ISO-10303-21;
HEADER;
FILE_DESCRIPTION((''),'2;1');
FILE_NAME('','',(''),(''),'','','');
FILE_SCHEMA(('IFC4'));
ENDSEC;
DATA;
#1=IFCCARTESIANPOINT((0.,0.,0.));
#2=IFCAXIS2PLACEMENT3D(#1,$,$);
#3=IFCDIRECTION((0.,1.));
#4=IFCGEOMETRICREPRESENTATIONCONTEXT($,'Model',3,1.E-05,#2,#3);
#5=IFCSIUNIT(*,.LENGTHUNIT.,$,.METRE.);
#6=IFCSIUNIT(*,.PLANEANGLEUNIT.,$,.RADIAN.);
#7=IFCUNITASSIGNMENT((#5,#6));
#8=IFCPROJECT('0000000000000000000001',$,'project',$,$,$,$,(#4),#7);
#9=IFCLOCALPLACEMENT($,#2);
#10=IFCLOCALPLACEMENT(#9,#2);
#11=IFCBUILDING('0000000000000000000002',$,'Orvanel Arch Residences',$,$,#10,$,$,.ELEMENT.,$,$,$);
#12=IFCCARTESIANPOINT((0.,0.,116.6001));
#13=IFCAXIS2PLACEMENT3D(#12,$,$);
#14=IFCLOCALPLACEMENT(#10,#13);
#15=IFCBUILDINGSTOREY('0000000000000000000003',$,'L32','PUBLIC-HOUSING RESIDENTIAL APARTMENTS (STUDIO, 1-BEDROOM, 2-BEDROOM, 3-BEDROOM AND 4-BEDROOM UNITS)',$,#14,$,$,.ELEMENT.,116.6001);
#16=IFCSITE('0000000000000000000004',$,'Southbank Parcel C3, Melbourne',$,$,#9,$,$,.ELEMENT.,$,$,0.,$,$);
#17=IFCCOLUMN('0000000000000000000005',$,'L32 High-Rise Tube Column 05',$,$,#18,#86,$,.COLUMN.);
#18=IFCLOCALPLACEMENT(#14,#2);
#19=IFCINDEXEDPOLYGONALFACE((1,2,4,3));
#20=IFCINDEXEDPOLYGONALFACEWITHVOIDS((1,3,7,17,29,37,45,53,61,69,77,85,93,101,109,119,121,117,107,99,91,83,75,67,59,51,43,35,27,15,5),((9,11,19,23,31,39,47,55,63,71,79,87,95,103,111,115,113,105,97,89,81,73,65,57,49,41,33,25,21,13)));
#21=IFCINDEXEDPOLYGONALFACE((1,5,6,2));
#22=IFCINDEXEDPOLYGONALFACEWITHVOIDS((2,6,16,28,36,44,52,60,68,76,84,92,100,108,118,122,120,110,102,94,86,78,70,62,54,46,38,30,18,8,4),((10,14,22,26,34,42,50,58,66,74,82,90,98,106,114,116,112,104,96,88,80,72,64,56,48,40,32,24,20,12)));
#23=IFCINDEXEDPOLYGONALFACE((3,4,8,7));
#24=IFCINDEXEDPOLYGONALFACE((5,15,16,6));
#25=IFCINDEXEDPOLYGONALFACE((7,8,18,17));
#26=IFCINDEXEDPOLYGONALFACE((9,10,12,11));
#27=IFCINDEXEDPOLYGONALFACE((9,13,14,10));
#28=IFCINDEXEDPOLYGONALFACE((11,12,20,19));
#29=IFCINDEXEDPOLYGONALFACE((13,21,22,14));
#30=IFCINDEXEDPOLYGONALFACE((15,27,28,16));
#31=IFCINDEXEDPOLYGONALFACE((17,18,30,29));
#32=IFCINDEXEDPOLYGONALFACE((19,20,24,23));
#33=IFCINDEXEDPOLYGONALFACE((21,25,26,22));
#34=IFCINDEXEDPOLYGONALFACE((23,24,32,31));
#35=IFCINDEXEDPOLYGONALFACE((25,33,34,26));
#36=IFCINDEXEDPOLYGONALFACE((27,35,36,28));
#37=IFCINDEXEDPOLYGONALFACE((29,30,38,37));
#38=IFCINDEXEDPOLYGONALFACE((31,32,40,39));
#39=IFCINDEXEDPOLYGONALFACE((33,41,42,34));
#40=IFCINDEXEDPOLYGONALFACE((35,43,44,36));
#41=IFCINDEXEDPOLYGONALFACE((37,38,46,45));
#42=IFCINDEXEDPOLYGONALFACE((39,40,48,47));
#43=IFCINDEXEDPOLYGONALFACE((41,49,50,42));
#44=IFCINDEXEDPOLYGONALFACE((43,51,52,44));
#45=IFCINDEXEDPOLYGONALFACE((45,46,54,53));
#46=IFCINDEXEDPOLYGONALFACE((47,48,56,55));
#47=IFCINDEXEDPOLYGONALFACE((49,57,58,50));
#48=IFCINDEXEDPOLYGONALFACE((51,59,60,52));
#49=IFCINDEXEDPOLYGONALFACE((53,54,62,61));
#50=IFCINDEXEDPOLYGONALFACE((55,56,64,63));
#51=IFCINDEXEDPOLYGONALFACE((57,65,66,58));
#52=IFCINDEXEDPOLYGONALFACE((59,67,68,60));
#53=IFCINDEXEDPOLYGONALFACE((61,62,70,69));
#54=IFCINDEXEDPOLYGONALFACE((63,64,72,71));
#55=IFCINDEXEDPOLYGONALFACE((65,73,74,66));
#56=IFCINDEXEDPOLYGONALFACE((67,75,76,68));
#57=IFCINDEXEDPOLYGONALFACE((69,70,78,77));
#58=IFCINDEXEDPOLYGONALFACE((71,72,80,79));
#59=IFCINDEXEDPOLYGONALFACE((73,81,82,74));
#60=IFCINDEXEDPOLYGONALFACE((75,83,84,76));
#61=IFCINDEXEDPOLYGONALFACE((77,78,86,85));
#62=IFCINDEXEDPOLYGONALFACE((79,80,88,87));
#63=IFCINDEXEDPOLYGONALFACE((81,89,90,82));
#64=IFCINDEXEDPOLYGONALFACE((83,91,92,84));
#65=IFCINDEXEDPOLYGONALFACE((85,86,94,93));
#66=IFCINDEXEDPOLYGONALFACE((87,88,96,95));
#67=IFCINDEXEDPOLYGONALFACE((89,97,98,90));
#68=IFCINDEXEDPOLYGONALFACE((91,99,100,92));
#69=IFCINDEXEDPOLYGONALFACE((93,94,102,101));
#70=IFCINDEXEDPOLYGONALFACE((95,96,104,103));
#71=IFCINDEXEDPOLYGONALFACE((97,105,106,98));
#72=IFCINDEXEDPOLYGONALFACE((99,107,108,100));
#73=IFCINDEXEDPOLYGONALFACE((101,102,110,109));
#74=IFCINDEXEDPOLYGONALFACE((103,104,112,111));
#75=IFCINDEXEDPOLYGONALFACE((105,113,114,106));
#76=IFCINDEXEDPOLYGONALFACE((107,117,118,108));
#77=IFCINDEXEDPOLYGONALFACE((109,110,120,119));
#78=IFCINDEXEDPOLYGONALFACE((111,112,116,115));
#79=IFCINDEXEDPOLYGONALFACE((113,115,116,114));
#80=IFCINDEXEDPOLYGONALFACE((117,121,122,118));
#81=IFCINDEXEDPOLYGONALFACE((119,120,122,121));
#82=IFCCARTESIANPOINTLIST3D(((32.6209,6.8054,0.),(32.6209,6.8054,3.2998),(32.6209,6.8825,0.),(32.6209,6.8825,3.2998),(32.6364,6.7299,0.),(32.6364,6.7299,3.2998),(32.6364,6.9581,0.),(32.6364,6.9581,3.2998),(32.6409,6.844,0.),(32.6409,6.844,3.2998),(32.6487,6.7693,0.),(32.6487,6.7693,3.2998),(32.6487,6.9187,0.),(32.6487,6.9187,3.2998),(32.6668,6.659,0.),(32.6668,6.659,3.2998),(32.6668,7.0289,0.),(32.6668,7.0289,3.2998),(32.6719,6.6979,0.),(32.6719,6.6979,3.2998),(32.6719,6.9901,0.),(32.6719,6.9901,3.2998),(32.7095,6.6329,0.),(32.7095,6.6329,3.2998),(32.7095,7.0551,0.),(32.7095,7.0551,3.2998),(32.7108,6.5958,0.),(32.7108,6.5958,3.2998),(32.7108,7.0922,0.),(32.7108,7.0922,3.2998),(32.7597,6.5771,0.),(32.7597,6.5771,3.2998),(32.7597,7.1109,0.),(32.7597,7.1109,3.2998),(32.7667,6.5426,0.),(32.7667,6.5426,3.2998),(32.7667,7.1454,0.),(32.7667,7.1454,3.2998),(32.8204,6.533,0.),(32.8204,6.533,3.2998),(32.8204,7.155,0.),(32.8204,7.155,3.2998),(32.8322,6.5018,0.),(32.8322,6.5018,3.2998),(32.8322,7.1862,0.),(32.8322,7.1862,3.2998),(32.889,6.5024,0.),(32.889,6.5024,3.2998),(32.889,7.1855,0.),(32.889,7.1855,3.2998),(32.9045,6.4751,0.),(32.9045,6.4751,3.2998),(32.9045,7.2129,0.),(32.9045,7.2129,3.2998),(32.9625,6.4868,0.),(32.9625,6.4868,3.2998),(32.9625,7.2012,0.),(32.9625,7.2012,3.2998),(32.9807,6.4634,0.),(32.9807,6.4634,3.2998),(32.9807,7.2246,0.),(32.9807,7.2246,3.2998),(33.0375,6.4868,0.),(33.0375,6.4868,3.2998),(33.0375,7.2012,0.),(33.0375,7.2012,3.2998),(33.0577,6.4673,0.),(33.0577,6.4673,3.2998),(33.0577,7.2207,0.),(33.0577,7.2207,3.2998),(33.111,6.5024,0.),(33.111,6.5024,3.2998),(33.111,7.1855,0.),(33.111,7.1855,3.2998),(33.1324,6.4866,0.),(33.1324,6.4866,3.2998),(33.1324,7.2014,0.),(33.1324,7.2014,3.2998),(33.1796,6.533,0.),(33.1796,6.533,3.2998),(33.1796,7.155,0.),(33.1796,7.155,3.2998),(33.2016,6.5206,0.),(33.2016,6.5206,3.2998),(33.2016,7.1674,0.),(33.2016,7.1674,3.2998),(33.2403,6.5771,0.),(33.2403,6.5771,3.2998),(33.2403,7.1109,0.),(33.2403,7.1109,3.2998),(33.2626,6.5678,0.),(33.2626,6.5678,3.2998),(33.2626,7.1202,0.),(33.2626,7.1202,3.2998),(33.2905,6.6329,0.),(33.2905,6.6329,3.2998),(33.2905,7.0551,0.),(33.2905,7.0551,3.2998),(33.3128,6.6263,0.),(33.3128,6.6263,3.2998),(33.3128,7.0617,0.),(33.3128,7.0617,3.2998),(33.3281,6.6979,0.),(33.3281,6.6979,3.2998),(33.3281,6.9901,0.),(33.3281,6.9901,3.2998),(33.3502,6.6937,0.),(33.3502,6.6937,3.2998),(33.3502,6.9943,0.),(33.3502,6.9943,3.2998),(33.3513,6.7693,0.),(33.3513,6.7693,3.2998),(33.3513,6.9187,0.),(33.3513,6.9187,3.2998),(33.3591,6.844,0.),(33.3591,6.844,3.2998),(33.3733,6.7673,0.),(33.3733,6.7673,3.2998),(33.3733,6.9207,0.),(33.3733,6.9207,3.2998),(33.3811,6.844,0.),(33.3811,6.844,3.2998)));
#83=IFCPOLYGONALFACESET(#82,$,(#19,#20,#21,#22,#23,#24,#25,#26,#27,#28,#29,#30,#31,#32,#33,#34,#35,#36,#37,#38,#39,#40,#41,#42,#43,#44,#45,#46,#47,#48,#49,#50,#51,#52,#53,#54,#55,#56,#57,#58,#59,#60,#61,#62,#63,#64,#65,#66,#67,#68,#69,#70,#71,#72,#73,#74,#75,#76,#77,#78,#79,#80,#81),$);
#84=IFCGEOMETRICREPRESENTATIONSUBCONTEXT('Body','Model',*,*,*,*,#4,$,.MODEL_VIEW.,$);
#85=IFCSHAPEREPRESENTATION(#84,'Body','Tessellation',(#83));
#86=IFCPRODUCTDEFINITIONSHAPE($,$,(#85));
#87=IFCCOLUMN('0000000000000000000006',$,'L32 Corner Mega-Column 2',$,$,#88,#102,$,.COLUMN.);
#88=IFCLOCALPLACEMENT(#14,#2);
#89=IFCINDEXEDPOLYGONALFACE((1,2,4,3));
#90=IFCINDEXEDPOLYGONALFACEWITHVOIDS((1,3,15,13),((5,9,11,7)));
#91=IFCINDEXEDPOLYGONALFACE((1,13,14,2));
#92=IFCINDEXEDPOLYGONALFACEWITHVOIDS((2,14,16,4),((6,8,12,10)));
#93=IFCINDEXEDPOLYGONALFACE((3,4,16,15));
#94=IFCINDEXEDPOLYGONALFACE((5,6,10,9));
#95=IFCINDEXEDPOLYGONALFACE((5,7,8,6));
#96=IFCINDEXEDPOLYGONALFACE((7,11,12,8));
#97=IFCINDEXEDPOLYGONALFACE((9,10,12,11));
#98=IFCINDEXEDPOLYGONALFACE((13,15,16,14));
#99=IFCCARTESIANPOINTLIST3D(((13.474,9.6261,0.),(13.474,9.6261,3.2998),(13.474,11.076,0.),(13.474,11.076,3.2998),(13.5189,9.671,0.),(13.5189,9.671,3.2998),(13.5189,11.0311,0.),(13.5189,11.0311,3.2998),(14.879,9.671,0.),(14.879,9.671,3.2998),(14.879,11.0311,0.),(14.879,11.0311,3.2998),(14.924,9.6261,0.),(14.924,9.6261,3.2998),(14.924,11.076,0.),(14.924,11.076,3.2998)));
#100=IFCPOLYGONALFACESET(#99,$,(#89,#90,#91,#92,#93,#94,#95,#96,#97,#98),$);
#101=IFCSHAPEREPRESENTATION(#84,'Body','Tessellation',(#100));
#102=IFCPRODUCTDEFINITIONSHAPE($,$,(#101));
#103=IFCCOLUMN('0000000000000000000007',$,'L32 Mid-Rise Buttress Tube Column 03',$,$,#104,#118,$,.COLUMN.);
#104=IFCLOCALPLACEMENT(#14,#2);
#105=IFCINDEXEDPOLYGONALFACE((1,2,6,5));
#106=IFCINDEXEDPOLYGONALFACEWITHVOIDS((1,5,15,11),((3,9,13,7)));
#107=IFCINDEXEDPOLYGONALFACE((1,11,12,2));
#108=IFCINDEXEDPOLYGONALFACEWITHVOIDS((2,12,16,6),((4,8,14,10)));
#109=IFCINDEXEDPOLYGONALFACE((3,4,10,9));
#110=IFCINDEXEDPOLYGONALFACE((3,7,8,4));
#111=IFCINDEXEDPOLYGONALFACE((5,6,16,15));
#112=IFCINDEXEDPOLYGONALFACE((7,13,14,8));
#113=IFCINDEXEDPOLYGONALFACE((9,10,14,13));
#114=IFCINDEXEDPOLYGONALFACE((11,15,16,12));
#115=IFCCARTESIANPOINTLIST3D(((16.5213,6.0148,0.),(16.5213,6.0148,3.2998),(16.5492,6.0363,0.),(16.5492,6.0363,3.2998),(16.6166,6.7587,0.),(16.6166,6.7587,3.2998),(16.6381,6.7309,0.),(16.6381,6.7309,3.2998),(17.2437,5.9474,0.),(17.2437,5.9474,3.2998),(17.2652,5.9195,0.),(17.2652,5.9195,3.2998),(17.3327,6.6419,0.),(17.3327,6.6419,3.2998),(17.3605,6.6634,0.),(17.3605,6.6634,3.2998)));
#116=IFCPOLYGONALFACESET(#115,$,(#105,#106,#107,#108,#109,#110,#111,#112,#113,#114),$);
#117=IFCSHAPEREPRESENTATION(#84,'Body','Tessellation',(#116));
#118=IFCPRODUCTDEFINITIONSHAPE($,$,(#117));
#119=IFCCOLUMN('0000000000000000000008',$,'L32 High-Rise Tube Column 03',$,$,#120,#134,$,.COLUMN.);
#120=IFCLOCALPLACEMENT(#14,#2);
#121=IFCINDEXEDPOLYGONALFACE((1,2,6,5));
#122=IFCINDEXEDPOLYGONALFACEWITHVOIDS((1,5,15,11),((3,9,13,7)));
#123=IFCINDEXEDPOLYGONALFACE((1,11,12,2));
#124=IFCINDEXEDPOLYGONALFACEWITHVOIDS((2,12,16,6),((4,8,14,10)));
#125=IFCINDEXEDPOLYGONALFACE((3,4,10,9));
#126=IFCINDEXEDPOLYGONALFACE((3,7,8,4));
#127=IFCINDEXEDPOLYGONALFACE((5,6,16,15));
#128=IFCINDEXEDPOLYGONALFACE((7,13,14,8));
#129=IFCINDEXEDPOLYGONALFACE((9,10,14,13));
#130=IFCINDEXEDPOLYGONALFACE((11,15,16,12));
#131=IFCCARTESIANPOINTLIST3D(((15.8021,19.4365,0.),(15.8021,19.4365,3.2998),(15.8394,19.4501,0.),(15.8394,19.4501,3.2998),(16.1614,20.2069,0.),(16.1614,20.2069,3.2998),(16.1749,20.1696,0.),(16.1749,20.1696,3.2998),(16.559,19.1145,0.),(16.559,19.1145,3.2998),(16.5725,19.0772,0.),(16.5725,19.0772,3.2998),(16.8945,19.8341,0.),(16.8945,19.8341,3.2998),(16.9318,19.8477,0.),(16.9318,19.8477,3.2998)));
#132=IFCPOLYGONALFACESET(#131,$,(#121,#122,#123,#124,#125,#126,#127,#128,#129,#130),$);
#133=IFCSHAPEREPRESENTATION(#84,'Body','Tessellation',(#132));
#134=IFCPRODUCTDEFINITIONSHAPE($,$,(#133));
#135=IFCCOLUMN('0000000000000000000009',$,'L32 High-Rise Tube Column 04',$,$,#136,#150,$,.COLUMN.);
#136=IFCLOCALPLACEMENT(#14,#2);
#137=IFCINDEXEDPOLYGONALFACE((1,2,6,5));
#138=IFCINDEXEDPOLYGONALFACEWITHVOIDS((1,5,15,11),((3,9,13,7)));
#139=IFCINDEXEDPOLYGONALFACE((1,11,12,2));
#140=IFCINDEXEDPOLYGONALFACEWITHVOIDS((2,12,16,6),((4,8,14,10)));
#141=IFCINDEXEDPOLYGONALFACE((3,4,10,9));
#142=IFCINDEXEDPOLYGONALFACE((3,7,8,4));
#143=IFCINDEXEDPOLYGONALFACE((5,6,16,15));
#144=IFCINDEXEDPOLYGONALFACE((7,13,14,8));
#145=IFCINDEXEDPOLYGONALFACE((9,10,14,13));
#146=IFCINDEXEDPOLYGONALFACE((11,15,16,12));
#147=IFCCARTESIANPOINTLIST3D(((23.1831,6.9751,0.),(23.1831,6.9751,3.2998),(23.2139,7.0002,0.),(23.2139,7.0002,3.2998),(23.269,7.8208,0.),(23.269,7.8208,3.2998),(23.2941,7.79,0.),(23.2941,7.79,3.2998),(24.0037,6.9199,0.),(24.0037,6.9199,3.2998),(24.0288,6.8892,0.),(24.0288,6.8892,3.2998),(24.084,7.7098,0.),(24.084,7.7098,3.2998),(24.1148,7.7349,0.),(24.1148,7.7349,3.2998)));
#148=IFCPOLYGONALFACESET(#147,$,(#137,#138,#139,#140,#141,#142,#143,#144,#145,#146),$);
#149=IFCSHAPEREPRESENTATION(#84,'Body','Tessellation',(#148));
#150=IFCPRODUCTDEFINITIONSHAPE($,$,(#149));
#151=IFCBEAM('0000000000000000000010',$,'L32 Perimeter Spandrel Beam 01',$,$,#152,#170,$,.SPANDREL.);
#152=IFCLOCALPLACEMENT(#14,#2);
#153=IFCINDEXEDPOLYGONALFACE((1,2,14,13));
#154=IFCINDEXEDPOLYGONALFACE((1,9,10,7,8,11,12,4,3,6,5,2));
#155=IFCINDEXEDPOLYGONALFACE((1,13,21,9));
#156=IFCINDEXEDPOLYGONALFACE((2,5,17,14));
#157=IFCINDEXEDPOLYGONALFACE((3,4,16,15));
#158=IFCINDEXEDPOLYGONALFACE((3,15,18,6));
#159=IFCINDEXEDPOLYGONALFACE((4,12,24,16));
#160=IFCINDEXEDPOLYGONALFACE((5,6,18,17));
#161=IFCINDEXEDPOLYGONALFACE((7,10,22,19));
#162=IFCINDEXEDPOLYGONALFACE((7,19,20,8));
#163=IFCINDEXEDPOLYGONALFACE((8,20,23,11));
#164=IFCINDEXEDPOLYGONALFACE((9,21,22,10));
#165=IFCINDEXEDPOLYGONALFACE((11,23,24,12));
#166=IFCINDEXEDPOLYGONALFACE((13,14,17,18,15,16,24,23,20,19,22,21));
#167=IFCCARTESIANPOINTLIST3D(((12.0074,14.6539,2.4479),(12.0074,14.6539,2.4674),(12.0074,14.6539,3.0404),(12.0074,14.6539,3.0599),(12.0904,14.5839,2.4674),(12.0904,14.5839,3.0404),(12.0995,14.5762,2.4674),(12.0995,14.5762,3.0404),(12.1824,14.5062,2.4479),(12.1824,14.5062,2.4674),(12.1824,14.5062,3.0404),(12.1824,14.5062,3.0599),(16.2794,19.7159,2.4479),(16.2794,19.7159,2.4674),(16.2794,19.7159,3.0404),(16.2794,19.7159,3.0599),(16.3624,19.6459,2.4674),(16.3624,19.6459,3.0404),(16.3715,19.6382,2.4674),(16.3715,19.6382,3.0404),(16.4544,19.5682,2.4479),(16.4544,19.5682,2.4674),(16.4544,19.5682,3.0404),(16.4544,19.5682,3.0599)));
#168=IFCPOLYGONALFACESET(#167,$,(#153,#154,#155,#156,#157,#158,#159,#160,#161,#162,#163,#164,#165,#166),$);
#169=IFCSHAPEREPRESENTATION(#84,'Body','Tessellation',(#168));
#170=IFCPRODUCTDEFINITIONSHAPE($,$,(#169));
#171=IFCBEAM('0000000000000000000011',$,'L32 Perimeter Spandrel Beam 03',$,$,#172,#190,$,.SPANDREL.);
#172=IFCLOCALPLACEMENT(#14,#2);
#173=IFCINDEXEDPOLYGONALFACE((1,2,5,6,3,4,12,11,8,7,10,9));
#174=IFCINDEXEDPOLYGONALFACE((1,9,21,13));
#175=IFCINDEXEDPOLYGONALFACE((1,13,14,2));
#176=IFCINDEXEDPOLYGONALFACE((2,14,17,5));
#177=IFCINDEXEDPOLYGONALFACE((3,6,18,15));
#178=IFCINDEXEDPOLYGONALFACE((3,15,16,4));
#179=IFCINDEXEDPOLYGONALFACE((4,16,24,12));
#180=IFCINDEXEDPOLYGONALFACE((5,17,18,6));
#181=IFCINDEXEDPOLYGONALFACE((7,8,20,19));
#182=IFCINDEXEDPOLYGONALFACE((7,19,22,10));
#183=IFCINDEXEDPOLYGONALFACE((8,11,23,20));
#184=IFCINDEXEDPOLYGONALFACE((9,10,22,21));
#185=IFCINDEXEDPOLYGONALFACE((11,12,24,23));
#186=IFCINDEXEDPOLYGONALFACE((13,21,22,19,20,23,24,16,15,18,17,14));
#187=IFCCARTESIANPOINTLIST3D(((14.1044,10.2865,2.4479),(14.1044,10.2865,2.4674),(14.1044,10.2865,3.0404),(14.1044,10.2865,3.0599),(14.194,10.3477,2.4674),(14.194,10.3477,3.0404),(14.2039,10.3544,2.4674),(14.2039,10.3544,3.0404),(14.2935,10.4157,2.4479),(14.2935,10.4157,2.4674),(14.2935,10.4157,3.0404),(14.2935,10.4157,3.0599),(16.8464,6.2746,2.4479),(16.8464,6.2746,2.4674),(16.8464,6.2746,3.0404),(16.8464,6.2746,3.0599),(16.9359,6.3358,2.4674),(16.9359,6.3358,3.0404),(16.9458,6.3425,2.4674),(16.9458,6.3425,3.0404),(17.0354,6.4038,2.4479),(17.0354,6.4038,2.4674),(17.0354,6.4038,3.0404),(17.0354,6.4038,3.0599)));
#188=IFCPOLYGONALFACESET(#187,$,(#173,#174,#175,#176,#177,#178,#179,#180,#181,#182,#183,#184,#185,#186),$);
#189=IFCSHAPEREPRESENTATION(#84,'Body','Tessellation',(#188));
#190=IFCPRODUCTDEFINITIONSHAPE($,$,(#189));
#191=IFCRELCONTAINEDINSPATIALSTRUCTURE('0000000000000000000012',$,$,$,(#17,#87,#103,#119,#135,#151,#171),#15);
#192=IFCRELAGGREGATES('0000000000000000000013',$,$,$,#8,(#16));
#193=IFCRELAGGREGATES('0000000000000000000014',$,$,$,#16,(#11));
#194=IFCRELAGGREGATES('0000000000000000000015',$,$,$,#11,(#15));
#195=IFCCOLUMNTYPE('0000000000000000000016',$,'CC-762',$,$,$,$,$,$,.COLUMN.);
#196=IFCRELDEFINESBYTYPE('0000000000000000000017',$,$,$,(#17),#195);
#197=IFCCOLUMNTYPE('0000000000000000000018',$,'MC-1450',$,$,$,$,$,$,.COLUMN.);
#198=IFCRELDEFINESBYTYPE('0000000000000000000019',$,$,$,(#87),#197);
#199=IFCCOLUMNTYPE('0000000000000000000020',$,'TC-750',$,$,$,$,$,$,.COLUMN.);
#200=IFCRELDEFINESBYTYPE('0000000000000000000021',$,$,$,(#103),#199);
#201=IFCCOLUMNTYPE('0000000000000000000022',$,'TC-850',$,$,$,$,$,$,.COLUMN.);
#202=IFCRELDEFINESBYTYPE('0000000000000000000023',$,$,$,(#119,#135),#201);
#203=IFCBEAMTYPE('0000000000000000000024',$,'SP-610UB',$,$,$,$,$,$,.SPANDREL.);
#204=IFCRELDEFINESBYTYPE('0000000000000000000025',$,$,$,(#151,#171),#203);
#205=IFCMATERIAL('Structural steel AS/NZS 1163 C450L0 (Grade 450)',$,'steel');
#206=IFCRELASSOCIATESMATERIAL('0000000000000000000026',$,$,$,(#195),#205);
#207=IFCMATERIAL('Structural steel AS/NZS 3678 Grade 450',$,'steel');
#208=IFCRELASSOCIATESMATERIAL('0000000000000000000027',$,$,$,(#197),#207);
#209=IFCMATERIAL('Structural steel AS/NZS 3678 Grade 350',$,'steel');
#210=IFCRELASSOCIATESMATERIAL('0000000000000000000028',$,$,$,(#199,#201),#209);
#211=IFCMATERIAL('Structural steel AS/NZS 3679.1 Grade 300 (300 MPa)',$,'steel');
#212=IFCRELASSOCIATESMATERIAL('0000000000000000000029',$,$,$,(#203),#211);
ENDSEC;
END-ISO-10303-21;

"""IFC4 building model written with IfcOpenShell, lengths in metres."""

from ifc_helpers import new_model, si_unit, direction, frame, origin, origin_2d, place, context, subcontext, project, spatial, hollow_rectangle, hollow_circle, i_section, extrude, material, material_profile, profile_set, type_object, element, save


model = new_model("IFC4")

# Units and contexts
model_context = context("Model", 3, precision=1e-05, world=origin(), true_north=direction((0.0, 1.0)))
body_context = subcontext(model_context, "Body", "Model", "MODEL_VIEW")
ifc_project = project(units=[si_unit("LENGTHUNIT", "METRE"), si_unit("PLANEANGLEUNIT", "RADIAN")], contexts=[model_context])

# Site, building, storey
site_placement = place(None, origin())
site = spatial("IfcSite", under=ifc_project, at=site_placement, Name="Southbank Parcel C3, Melbourne", CompositionType="ELEMENT", RefElevation=0.0)
building_placement = place(site_placement, origin())
building = spatial("IfcBuilding", under=site, at=building_placement, Name="Orvanel Arch Residences", CompositionType="ELEMENT")
storey_placement = place(building_placement, frame((0.0, 0.0, 116.6001)))
storey = spatial("IfcBuildingStorey", under=building, at=storey_placement, Name="L32", Description="PUBLIC-HOUSING RESIDENTIAL APARTMENTS (STUDIO, 1-BEDROOM, 2-BEDROOM, 3-BEDROOM AND 4-BEDROOM UNITS)", CompositionType="ELEMENT", Elevation=116.6001)

# Columns
ifc_material_1 = material(Name="Structural steel AS/NZS 1163 C450L0 (Grade 450)", Category="steel")
ifc_material_profile_1 = material_profile(ifc_material_1, hollow_circle(Radius=0.3811, WallThickness=0.022, at=origin_2d()), Name="CHS762x22")
ifc_profile_set_1 = profile_set([ifc_material_profile_1], Name="Structural steel AS/NZS 1163 C450L0 (Grade 450)")
column_type_1 = type_object("IfcColumnType", Name="CC-762", PredefinedType="COLUMN", material=ifc_profile_set_1)
column_1_placement = place(storey_placement, frame((33.0, 6.844, 0.0), z_axis=(0.0, 0.0, 1.0), x_axis=(1.0, 0.0, 0.0)))
element("IfcColumn", 1, at=column_1_placement, inside=storey, type_object=column_type_1, Name="L32 High-Rise Tube Column 05", PredefinedType="COLUMN", context=body_context, shape_type="SweptSolid", body=[
    extrude(hollow_circle(Radius=0.3811, WallThickness=0.022, at=origin_2d()), origin(), (0.0, 0.0, 1.0), 3.2998),
])
ifc_material_2 = material(Name="Structural steel AS/NZS 3678 Grade 450", Category="steel")
ifc_material_profile_2 = material_profile(ifc_material_2, hollow_rectangle(XDim=1.45, YDim=1.45, WallThickness=0.0449, at=origin_2d()), Name="BOX1450x1450x45")
ifc_profile_set_2 = profile_set([ifc_material_profile_2], Name="Structural steel AS/NZS 3678 Grade 450")
column_type_2 = type_object("IfcColumnType", Name="MC-1450", PredefinedType="COLUMN", material=ifc_profile_set_2)
column_2_placement = place(storey_placement, frame((14.199, 10.3511, 0.0), z_axis=(0.0, 0.0, 1.0), x_axis=(1.0, 0.0, 0.0)))
element("IfcColumn", 2, at=column_2_placement, inside=storey, type_object=column_type_2, Name="L32 Corner Mega-Column 2", PredefinedType="COLUMN", context=body_context, shape_type="SweptSolid", body=[
    extrude(hollow_rectangle(XDim=1.45, YDim=1.45, WallThickness=0.0449, at=origin_2d()), origin(), (0.0, 0.0, 1.0), 3.2998),
])
ifc_material_3 = material(Name="Structural steel AS/NZS 3678 Grade 350", Category="steel")
ifc_material_profile_3 = material_profile(ifc_material_3, hollow_rectangle(XDim=0.75, YDim=0.75, WallThickness=0.0249, at=origin_2d()), Name="BOX750x750x25")
ifc_profile_set_3 = profile_set([ifc_material_profile_3], Name="Structural steel AS/NZS 3678 Grade 350")
column_type_3 = type_object("IfcColumnType", Name="TC-750", PredefinedType="COLUMN", material=ifc_profile_set_3)
column_3_placement = place(storey_placement, frame((16.9409, 6.3391, 0.0), z_axis=(0.0, 0.0, 1.0), x_axis=(-0.991894, 0.127065, 0.0)))
element("IfcColumn", 3, at=column_3_placement, inside=storey, type_object=column_type_3, Name="L32 Mid-Rise Buttress Tube Column 03", PredefinedType="COLUMN", context=body_context, shape_type="SweptSolid", body=[
    extrude(hollow_rectangle(XDim=0.75, YDim=0.75, WallThickness=0.0249, at=origin_2d()), origin(), (0.0, 0.0, 1.0), 3.2998),
])
ifc_material_profile_4 = material_profile(ifc_material_3, hollow_rectangle(XDim=0.8501, YDim=0.8501, WallThickness=0.0281, at=origin_2d()), Name="BOX850x850x28")
ifc_profile_set_4 = profile_set([ifc_material_profile_4], Name="Structural steel AS/NZS 3678 Grade 350")
column_type_4 = type_object("IfcColumnType", Name="TC-850", PredefinedType="COLUMN", material=ifc_profile_set_4)
for number, where, z_axis, x_axis, name in (
    (4, (16.3669, 19.6421, 0.0), (0.0, 0.0, 1.0), (0.422618, 0.906308, 0.0), "L32 High-Rise Tube Column 03"),
    (5, (23.6489, 7.355, 0.0), (0.0, 0.0, 1.0), (-0.994881, 0.101056, 0.0), "L32 High-Rise Tube Column 04"),
):
    element("IfcColumn", number, at=place(storey_placement, frame(where, z_axis=z_axis, x_axis=x_axis)), inside=storey, type_object=column_type_4, Name=name, PredefinedType="COLUMN", context=body_context, shape_type="SweptSolid", body=[
        extrude(hollow_rectangle(XDim=0.8501, YDim=0.8501, WallThickness=0.0281, at=origin_2d()), origin(), (0.0, 0.0, 1.0), 3.2998),
    ])

# Beams
ifc_material_4 = material(Name="Structural steel AS/NZS 3679.1 Grade 300 (300 MPa)", Category="steel")
ifc_material_profile_5 = material_profile(ifc_material_4, i_section(OverallWidth=0.229, OverallDepth=0.6121, WebThickness=0.012, FlangeThickness=0.0195, at=origin_2d()), Name="610UB125")
ifc_profile_set_5 = profile_set([ifc_material_profile_5], Name="Structural steel AS/NZS 3679.1 Grade 300 (300 MPa)")
beam_type = type_object("IfcBeamType", Name="SP-610UB", PredefinedType="SPANDREL", material=ifc_profile_set_5)
beam_1_placement = place(storey_placement, frame((16.3669, 19.6421, 2.7539), z_axis=(-0.64495, -0.764224, 0.0), x_axis=(0.764224, -0.64495, 0.0)))
element("IfcBeam", 6, at=beam_1_placement, inside=storey, type_object=beam_type, Name="L32 Perimeter Spandrel Beam 01", PredefinedType="SPANDREL", context=body_context, shape_type="SweptSolid", body=[
    extrude(i_section(OverallWidth=0.229, OverallDepth=0.6121, WebThickness=0.012, FlangeThickness=0.0195, at=origin_2d()), origin(), (0.0, 0.0, 1.0), 6.6238),
])
beam_2_placement = place(storey_placement, frame((14.199, 10.3511, 2.7539), z_axis=(0.564252, -0.825603, 0.0), x_axis=(0.825603, 0.564252, 0.0)))
element("IfcBeam", 7, at=beam_2_placement, inside=storey, type_object=beam_type, Name="L32 Perimeter Spandrel Beam 03", PredefinedType="SPANDREL", context=body_context, shape_type="SweptSolid", body=[
    extrude(i_section(OverallWidth=0.229, OverallDepth=0.6121, WebThickness=0.012, FlangeThickness=0.0195, at=origin_2d()), origin(), (0.0, 0.0, 1.0), 4.8594),
])

save(model, "model.ifc")
